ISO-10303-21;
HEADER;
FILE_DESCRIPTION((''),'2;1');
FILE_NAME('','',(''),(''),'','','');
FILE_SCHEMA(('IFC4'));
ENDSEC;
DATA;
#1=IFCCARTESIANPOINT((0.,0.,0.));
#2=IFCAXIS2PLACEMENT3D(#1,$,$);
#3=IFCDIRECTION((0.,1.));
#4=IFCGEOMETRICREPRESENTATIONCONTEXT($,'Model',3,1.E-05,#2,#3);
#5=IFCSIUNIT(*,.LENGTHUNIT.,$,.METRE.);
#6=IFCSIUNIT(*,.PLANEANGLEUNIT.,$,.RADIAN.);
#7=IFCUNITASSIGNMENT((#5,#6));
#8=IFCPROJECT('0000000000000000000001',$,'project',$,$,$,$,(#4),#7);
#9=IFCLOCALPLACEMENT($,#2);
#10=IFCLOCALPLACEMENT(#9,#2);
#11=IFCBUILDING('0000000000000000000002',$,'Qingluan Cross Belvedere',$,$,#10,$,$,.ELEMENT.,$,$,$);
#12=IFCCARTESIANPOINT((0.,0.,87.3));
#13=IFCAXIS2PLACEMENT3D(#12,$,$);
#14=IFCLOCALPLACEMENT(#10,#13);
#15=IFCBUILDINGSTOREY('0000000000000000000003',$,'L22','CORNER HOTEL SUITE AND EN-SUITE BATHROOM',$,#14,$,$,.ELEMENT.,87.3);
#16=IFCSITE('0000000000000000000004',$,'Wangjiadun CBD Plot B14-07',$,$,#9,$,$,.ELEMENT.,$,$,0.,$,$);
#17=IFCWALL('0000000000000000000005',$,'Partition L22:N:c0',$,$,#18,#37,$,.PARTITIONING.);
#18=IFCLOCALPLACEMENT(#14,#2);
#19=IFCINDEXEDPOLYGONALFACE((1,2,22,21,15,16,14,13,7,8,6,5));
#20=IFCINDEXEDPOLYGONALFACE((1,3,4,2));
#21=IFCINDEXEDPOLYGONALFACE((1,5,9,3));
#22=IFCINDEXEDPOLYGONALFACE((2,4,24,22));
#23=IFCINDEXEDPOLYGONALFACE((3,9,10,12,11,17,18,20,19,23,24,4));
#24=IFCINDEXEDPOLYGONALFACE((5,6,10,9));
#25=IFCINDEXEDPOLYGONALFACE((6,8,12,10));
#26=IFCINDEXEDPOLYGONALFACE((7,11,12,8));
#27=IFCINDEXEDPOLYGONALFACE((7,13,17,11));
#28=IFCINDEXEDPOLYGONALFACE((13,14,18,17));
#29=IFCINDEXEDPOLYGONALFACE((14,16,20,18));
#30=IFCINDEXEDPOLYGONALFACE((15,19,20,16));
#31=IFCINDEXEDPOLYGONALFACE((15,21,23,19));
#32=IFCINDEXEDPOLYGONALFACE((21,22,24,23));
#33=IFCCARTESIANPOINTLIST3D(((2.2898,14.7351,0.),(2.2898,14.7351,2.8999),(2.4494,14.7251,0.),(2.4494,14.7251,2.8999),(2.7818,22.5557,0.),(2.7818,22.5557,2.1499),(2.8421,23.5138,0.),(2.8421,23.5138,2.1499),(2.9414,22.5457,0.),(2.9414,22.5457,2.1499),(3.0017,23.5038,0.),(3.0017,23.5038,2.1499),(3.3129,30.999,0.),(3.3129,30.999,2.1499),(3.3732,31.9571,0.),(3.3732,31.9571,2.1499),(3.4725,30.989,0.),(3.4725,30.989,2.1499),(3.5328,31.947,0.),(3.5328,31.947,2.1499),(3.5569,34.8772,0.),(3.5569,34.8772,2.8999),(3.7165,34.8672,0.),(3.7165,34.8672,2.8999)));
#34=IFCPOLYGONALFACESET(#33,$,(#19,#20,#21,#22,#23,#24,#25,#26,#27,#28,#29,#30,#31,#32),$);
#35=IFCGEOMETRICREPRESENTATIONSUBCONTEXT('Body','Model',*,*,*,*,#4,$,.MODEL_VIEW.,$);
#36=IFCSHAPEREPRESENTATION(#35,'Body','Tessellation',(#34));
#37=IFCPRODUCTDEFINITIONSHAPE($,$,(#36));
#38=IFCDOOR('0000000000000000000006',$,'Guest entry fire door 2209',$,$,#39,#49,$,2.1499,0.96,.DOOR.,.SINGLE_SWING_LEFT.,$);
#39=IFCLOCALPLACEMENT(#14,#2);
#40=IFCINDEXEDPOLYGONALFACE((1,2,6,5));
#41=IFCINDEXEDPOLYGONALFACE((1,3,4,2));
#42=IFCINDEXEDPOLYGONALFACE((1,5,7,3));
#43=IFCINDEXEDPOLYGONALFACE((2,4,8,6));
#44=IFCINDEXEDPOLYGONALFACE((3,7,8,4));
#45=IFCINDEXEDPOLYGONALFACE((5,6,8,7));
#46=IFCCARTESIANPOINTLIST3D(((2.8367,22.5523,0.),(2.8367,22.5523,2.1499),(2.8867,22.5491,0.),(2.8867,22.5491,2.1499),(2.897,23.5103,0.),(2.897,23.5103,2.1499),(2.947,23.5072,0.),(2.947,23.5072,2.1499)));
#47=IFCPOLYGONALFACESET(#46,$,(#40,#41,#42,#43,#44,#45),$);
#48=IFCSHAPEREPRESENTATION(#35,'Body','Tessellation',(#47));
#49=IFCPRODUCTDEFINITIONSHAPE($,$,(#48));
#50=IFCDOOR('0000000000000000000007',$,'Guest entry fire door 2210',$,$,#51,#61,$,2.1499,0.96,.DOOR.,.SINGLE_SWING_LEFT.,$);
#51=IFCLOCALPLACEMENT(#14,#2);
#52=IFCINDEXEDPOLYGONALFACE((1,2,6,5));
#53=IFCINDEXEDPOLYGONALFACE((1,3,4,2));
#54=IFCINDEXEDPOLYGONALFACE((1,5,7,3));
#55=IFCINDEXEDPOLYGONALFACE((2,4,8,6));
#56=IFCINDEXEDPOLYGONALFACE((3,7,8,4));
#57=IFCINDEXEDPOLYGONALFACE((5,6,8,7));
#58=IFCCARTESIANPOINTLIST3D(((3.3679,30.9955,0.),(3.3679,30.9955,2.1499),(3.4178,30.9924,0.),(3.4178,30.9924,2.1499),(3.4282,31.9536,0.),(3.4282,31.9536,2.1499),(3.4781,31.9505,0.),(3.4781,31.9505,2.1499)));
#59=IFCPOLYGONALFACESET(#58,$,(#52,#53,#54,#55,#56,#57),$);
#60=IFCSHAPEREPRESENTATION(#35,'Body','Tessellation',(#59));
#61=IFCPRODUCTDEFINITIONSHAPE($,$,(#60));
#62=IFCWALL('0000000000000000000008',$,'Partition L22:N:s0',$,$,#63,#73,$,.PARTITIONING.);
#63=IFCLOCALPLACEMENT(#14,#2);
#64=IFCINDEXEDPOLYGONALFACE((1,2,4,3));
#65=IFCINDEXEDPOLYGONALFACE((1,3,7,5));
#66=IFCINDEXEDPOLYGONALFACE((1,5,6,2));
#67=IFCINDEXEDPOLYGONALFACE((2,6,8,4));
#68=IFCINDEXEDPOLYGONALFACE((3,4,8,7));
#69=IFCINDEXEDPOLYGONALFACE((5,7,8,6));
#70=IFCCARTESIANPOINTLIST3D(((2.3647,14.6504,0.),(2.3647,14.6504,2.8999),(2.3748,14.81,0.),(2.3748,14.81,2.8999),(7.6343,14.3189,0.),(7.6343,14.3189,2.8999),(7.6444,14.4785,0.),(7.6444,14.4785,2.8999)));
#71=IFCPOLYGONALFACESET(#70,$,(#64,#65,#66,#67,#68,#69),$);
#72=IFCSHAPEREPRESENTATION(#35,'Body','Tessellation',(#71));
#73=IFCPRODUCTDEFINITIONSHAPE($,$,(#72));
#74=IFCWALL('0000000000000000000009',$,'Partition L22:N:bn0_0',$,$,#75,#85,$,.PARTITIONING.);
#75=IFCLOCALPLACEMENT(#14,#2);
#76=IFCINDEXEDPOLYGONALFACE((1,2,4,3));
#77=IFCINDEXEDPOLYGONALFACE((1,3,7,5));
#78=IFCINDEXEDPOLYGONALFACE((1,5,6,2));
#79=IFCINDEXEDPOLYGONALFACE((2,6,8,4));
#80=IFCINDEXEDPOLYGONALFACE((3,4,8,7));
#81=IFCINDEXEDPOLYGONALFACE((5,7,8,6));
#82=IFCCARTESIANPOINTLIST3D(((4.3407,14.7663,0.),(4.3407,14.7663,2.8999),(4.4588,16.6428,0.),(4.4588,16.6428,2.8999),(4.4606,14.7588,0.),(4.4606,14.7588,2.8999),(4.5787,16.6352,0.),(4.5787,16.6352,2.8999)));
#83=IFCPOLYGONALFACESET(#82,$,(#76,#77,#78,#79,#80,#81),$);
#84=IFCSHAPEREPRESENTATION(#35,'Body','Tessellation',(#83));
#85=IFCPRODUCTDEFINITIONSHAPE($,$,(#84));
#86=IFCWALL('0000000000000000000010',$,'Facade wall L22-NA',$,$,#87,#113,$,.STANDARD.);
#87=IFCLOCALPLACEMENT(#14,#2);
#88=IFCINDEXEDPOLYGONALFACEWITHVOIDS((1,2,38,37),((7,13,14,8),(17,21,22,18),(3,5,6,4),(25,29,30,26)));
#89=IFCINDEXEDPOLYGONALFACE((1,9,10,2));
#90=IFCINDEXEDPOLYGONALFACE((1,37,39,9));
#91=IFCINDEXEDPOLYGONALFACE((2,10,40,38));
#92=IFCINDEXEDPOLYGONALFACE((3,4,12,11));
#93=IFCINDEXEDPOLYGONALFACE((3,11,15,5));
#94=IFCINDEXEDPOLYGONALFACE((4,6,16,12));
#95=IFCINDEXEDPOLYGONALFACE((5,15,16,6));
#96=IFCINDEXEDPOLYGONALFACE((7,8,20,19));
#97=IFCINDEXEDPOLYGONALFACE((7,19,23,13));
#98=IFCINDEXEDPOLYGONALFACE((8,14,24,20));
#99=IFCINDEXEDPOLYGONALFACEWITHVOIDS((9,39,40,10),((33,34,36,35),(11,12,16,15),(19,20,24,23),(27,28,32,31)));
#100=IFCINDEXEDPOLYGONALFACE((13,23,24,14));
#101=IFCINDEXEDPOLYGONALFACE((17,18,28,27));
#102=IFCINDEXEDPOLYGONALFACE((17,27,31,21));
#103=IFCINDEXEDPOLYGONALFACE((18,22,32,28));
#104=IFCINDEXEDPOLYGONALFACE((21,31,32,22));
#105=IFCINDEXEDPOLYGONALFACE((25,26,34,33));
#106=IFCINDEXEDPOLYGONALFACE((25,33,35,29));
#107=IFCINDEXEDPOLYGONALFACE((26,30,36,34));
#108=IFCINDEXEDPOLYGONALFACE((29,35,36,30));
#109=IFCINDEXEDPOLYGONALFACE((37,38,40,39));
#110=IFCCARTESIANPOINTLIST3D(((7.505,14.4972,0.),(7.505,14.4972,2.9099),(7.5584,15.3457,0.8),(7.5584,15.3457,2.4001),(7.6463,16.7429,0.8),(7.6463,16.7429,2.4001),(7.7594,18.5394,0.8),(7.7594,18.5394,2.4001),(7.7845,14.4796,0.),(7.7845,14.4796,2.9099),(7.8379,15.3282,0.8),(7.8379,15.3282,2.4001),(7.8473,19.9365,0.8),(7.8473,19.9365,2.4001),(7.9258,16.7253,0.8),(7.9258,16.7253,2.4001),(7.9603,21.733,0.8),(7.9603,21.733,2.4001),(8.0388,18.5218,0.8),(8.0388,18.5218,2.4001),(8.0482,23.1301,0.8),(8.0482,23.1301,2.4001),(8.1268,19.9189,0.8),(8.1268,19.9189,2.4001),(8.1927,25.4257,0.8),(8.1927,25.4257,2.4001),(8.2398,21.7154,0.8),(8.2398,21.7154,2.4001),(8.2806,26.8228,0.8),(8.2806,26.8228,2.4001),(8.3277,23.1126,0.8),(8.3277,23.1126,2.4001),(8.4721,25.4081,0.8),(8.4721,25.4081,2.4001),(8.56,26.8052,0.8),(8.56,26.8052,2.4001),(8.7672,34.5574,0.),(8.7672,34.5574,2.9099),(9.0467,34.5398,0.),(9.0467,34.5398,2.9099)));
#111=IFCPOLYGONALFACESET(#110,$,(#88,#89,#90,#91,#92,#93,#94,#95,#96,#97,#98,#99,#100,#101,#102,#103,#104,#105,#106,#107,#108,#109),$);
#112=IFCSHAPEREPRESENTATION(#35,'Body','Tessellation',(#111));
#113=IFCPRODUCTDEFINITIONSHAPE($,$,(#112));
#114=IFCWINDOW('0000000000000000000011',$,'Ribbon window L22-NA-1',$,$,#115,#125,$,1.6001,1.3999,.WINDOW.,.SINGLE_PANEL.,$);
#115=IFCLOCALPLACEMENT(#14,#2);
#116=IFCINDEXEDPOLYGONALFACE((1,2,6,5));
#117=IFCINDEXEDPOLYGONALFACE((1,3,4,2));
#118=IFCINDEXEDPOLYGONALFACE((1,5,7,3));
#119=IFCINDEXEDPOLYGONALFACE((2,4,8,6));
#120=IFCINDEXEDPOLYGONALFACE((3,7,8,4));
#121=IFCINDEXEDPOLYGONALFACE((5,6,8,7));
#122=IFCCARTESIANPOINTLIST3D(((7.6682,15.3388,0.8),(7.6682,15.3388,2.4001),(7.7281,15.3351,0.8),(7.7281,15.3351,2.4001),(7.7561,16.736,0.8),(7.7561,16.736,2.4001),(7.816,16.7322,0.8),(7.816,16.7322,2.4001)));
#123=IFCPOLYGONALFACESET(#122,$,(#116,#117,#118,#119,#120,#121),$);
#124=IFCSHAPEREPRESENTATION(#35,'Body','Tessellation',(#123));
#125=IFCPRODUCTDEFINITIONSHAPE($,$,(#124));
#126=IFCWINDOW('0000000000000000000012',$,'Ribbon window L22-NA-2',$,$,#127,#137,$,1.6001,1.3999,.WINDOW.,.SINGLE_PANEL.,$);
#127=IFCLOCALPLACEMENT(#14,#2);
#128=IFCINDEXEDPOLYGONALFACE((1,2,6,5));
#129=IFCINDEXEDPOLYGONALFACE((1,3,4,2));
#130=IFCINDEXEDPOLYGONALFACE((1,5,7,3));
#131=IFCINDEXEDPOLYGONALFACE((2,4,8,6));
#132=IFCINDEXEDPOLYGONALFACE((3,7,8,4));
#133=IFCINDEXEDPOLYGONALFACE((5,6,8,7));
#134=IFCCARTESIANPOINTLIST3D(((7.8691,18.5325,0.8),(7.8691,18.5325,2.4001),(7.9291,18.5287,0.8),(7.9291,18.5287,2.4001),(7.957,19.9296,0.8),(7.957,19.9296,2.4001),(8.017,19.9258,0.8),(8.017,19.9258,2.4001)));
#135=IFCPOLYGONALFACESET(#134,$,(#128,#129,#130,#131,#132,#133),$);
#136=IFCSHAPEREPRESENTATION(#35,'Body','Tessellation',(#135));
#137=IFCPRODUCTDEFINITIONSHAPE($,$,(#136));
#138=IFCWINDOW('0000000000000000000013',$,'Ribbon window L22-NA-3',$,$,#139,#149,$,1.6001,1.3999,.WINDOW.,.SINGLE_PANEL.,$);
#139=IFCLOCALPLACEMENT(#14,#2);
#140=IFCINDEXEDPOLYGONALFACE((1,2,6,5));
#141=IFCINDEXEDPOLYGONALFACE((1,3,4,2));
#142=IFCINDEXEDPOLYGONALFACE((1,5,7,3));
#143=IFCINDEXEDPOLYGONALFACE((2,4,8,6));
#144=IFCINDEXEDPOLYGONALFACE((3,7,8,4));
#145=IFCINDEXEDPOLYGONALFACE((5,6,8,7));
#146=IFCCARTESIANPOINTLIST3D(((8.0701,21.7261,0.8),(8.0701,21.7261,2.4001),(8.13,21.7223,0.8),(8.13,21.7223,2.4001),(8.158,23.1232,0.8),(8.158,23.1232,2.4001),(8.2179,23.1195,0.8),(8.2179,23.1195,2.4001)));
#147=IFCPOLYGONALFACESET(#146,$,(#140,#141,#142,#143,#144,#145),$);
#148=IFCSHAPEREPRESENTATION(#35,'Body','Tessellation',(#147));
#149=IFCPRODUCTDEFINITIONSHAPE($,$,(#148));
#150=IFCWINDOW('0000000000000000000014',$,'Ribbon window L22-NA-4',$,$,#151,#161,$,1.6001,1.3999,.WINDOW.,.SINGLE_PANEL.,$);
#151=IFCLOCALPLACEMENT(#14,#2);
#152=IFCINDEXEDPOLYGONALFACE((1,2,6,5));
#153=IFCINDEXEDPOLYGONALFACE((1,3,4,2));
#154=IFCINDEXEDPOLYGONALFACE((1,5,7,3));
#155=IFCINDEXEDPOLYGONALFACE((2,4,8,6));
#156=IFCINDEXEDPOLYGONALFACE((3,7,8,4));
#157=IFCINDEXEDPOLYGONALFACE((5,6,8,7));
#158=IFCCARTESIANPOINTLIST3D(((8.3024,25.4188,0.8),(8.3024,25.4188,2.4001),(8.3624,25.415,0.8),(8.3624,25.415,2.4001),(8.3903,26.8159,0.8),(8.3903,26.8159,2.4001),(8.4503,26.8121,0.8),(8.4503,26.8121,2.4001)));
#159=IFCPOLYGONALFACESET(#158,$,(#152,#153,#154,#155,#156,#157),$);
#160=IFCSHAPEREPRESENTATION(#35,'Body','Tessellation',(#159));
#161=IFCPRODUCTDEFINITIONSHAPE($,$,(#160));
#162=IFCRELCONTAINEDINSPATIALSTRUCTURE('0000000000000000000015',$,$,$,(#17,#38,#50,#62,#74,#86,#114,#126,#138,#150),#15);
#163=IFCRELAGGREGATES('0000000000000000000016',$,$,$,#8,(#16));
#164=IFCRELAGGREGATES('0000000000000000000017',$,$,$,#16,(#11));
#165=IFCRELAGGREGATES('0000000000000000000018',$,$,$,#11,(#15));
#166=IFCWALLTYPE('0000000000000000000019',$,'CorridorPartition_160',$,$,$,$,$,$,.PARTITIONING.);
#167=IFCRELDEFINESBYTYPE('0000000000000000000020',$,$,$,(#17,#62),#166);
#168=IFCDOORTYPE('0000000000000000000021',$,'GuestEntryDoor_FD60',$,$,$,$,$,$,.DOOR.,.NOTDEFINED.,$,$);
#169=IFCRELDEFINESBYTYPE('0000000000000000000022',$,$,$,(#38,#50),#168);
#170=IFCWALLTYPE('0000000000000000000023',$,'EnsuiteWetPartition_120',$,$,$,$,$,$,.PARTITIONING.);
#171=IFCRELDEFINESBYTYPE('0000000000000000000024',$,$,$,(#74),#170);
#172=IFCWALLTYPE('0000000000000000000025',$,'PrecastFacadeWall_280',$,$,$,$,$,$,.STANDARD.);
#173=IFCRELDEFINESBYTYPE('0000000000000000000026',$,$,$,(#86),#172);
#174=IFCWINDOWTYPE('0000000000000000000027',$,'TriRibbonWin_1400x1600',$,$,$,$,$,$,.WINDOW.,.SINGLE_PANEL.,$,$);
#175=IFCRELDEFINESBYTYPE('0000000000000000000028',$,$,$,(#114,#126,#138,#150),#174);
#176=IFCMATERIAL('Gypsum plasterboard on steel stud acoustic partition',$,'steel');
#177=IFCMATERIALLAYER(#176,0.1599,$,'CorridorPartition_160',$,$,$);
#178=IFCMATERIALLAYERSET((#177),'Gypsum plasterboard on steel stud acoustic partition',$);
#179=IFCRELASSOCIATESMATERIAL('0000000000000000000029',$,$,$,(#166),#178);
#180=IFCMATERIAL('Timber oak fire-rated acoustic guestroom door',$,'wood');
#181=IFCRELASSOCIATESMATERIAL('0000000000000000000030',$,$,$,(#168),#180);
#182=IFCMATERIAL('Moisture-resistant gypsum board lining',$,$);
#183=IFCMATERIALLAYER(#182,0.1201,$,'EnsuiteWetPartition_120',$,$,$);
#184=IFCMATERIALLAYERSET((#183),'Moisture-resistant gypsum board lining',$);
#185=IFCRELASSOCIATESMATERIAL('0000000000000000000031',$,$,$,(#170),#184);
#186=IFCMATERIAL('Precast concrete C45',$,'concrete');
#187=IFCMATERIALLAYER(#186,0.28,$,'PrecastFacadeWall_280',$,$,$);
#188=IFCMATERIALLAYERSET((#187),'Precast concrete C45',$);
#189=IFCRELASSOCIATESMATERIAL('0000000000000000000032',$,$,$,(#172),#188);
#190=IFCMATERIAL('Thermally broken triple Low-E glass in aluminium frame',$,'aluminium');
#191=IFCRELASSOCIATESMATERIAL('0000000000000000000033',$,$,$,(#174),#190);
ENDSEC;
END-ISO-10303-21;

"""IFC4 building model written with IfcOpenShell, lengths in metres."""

from ifc_helpers import new_model, si_unit, direction, frame, frame_2d, origin, place, context, subcontext, project, spatial, rectangle, extrude, material, layer, layer_set, type_object, element, fill, save


model = new_model("IFC4")

# Units and contexts
model_context = context("Model", 3, precision=1e-05, world=origin(), true_north=direction((0.0, 1.0)))
body_context = subcontext(model_context, "Body", "Model", "MODEL_VIEW")
ifc_project = project(units=[si_unit("LENGTHUNIT", "METRE"), si_unit("PLANEANGLEUNIT", "RADIAN")], contexts=[model_context])

# Site, building, storey
site_placement = place(None, origin())
site = spatial("IfcSite", under=ifc_project, at=site_placement, Name="Wangjiadun CBD Plot B14-07", CompositionType="ELEMENT", RefElevation=0.0)
building_placement = place(site_placement, origin())
building = spatial("IfcBuilding", under=site, at=building_placement, Name="Qingluan Cross Belvedere", CompositionType="ELEMENT")
storey_placement = place(building_placement, frame((0.0, 0.0, 87.3)))
storey = spatial("IfcBuildingStorey", under=building, at=storey_placement, Name="L22", Description="CORNER HOTEL SUITE AND EN-SUITE BATHROOM", CompositionType="ELEMENT", Elevation=87.3)

# Shared definitions
ifc_material_1 = material(Name="Gypsum plasterboard on steel stud acoustic partition", Category="steel")
ifc_layer_1 = layer(ifc_material_1, 0.1599, Name="CorridorPartition_160")
ifc_layer_set_1 = layer_set([ifc_layer_1], Name="Gypsum plasterboard on steel stud acoustic partition")
wall_type_1 = type_object("IfcWallType", Name="CorridorPartition_160", PredefinedType="PARTITIONING", material=ifc_layer_set_1)

# Wall, openings, doors
wall_1_placement = place(storey_placement, frame((2.3696, 14.7302, 0.0), z_axis=(0.0, 0.0, 1.0), x_axis=(0.062783, 0.998027, 0.0)))
wall_1 = element("IfcWall", 1, at=wall_1_placement, inside=storey, type_object=wall_type_1, Name="Partition L22:N:c0", PredefinedType="PARTITIONING", context=body_context, shape_type="SweptSolid", body=[
    extrude(rectangle(XDim=20.1819, YDim=0.1599, at=frame_2d((10.0908, 0.0))), origin(), (0.0, 0.0, 1.0), 2.8999),
])
opening_1_placement = place(wall_1_placement, frame((7.8359, 0.0, 0.0)))
opening_1 = element("IfcOpeningElement", 2, at=opening_1_placement, cuts=wall_1, PredefinedType="OPENING", context=body_context, shape_type="SweptSolid", body=[
    extrude(rectangle(XDim=0.96, YDim=2.1499, at=frame_2d((0.48, 1.075))), frame((0.0, 0.0898, 0.0), z_axis=(0.0, -1.0, 0.0), x_axis=(1.0, 0.0, 0.0)), (0.0, 0.0, 1.0), 0.1799),
])
opening_2_placement = place(wall_1_placement, frame((16.2959, 0.0, 0.0)))
opening_2 = element("IfcOpeningElement", 3, at=opening_2_placement, cuts=wall_1, PredefinedType="OPENING", context=body_context, shape_type="SweptSolid", body=[
    extrude(rectangle(XDim=0.96, YDim=2.1499, at=frame_2d((0.48, 1.075))), frame((0.0, 0.0898, 0.0), z_axis=(0.0, -1.0, 0.0), x_axis=(1.0, 0.0, 0.0)), (0.0, 0.0, 1.0), 0.1799),
])
ifc_material_2 = material(Name="Timber oak fire-rated acoustic guestroom door", Category="wood")
door_type = type_object("IfcDoorType", Name="GuestEntryDoor_FD60", OperationType="NOTDEFINED", PredefinedType="DOOR", material=ifc_material_2)
door_1_placement = place(opening_1_placement, origin())
door_1 = element("IfcDoor", 4, at=door_1_placement, inside=storey, type_object=door_type, Name="Guest entry fire door 2209", OperationType="SINGLE_SWING_LEFT", OverallHeight=2.1499, OverallWidth=0.96, PredefinedType="DOOR", context=body_context, shape_type="SweptSolid", body=[
    extrude(rectangle(XDim=0.96, YDim=2.1499, at=frame_2d((0.48, 1.075))), frame((0.0, 0.0249, 0.0), z_axis=(0.0, -1.0, 0.0), x_axis=(1.0, 0.0, 0.0)), (0.0, 0.0, 1.0), 0.05),
])
fill(opening_1, door_1)
door_2_placement = place(opening_2_placement, origin())
door_2 = element("IfcDoor", 5, at=door_2_placement, inside=storey, type_object=door_type, Name="Guest entry fire door 2210", OperationType="SINGLE_SWING_LEFT", OverallHeight=2.1499, OverallWidth=0.96, PredefinedType="DOOR", context=body_context, shape_type="SweptSolid", body=[
    extrude(rectangle(XDim=0.96, YDim=2.1499, at=frame_2d((0.48, 1.075))), frame((0.0, 0.0249, 0.0), z_axis=(0.0, -1.0, 0.0), x_axis=(1.0, 0.0, 0.0)), (0.0, 0.0, 1.0), 0.05),
])
fill(opening_2, door_2)

# Walls
wall_2_placement = place(storey_placement, frame((2.3696, 14.7302, 0.0), z_axis=(0.0, 0.0, 1.0), x_axis=(0.998027, -0.062793, 0.0)))
element("IfcWall", 6, at=wall_2_placement, inside=storey, type_object=wall_type_1, Name="Partition L22:N:s0", PredefinedType="PARTITIONING", context=body_context, shape_type="SweptSolid", body=[
    extrude(rectangle(XDim=5.28, YDim=0.1599, at=frame_2d((2.6401, 0.0))), origin(), (0.0, 0.0, 1.0), 2.8999),
])
ifc_material_3 = material(Name="Moisture-resistant gypsum board lining")
ifc_layer_2 = layer(ifc_material_3, 0.1201, Name="EnsuiteWetPartition_120")
ifc_layer_set_2 = layer_set([ifc_layer_2], Name="Moisture-resistant gypsum board lining")
wall_type_2 = type_object("IfcWallType", Name="EnsuiteWetPartition_120", PredefinedType="PARTITIONING", material=ifc_layer_set_2)
wall_3_placement = place(storey_placement, frame((4.4006, 14.7627, 0.0), z_axis=(0.0, 0.0, 1.0), x_axis=(0.062847, 0.998023, 0.0)))
element("IfcWall", 7, at=wall_3_placement, inside=storey, type_object=wall_type_2, Name="Partition L22:N:bn0_0", PredefinedType="PARTITIONING", context=body_context, shape_type="SweptSolid", body=[
    extrude(rectangle(XDim=1.8801, YDim=0.1201, at=frame_2d((0.9399, 0.0))), origin(), (0.0, 0.0, 1.0), 2.8999),
])

# Wall, openings, windows
ifc_material_4 = material(Name="Precast concrete C45", Category="concrete")
ifc_layer_3 = layer(ifc_material_4, 0.28, Name="PrecastFacadeWall_280")
ifc_layer_set_3 = layer_set([ifc_layer_3], Name="Precast concrete C45")
wall_type_3 = type_object("IfcWallType", Name="PrecastFacadeWall_280", PredefinedType="STANDARD", material=ifc_layer_set_3)
wall_4_placement = place(storey_placement, frame((7.6448, 14.4885, 0.0), z_axis=(0.0, 0.0, 1.0), x_axis=(0.062796, 0.998026, 0.0)))
wall_4 = element("IfcWall", 8, at=wall_4_placement, inside=storey, type_object=wall_type_3, Name="Facade wall L22-NA", PredefinedType="STANDARD", context=body_context, shape_type="SweptSolid", body=[
    extrude(rectangle(XDim=20.0999, YDim=0.28, at=frame_2d((10.0498, 0.0))), origin(), (0.0, 0.0, 1.0), 2.9099),
])
opening_3_placement = place(wall_4_placement, frame((0.8501, 0.0, 0.8)))
opening_3 = element("IfcOpeningElement", 9, at=opening_3_placement, cuts=wall_4, PredefinedType="OPENING", context=body_context, shape_type="SweptSolid", body=[
    extrude(rectangle(XDim=1.3999, YDim=1.6001, at=frame_2d((0.7, 0.8))), frame((0.0, 0.1499, 0.0), z_axis=(0.0, -1.0, 0.0), x_axis=(1.0, 0.0, 0.0)), (0.0, 0.0, 1.0), 0.3),
])
opening_4_placement = place(wall_4_placement, frame((4.05, 0.0, 0.8)))
opening_4 = element("IfcOpeningElement", 10, at=opening_4_placement, cuts=wall_4, PredefinedType="OPENING", context=body_context, shape_type="SweptSolid", body=[
    extrude(rectangle(XDim=1.3999, YDim=1.6001, at=frame_2d((0.7, 0.8))), frame((0.0, 0.1499, 0.0), z_axis=(0.0, -1.0, 0.0), x_axis=(1.0, 0.0, 0.0)), (0.0, 0.0, 1.0), 0.3),
])
opening_5_placement = place(wall_4_placement, frame((7.25, 0.0, 0.8)))
opening_5 = element("IfcOpeningElement", 11, at=opening_5_placement, cuts=wall_4, PredefinedType="OPENING", context=body_context, shape_type="SweptSolid", body=[
    extrude(rectangle(XDim=1.3999, YDim=1.6001, at=frame_2d((0.7, 0.8))), frame((0.0, 0.1499, 0.0), z_axis=(0.0, -1.0, 0.0), x_axis=(1.0, 0.0, 0.0)), (0.0, 0.0, 1.0), 0.3),
])
opening_6_placement = place(wall_4_placement, frame((10.95, 0.0, 0.8)))
opening_6 = element("IfcOpeningElement", 12, at=opening_6_placement, cuts=wall_4, PredefinedType="OPENING", context=body_context, shape_type="SweptSolid", body=[
    extrude(rectangle(XDim=1.3999, YDim=1.6001, at=frame_2d((0.7, 0.8))), frame((0.0, 0.1499, 0.0), z_axis=(0.0, -1.0, 0.0), x_axis=(1.0, 0.0, 0.0)), (0.0, 0.0, 1.0), 0.3),
])
ifc_material_5 = material(Name="Thermally broken triple Low-E glass in aluminium frame", Category="aluminium")
window_type = type_object("IfcWindowType", Name="TriRibbonWin_1400x1600", PartitioningType="SINGLE_PANEL", PredefinedType="WINDOW", material=ifc_material_5)
window_1_placement = place(opening_3_placement, origin())
window_1 = element("IfcWindow", 13, at=window_1_placement, inside=storey, type_object=window_type, Name="Ribbon window L22-NA-1", OverallHeight=1.6001, OverallWidth=1.3999, PartitioningType="SINGLE_PANEL", PredefinedType="WINDOW", context=body_context, shape_type="SweptSolid", body=[
    extrude(rectangle(XDim=1.3999, YDim=1.6001, at=frame_2d((0.7, 0.8))), frame((0.0, 0.03, 0.0), z_axis=(0.0, -1.0, 0.0), x_axis=(1.0, 0.0, 0.0)), (0.0, 0.0, 1.0), 0.0601),
])
fill(opening_3, window_1)
window_2_placement = place(opening_4_placement, origin())
window_2 = element("IfcWindow", 14, at=window_2_placement, inside=storey, type_object=window_type, Name="Ribbon window L22-NA-2", OverallHeight=1.6001, OverallWidth=1.3999, PartitioningType="SINGLE_PANEL", PredefinedType="WINDOW", context=body_context, shape_type="SweptSolid", body=[
    extrude(rectangle(XDim=1.3999, YDim=1.6001, at=frame_2d((0.7, 0.8))), frame((0.0, 0.03, 0.0), z_axis=(0.0, -1.0, 0.0), x_axis=(1.0, 0.0, 0.0)), (0.0, 0.0, 1.0), 0.0601),
])
fill(opening_4, window_2)
window_3_placement = place(opening_5_placement, origin())
window_3 = element("IfcWindow", 15, at=window_3_placement, inside=storey, type_object=window_type, Name="Ribbon window L22-NA-3", OverallHeight=1.6001, OverallWidth=1.3999, PartitioningType="SINGLE_PANEL", PredefinedType="WINDOW", context=body_context, shape_type="SweptSolid", body=[
    extrude(rectangle(XDim=1.3999, YDim=1.6001, at=frame_2d((0.7, 0.8))), frame((0.0, 0.03, 0.0), z_axis=(0.0, -1.0, 0.0), x_axis=(1.0, 0.0, 0.0)), (0.0, 0.0, 1.0), 0.0601),
])
fill(opening_5, window_3)
window_4_placement = place(opening_6_placement, origin())
window_4 = element("IfcWindow", 16, at=window_4_placement, inside=storey, type_object=window_type, Name="Ribbon window L22-NA-4", OverallHeight=1.6001, OverallWidth=1.3999, PartitioningType="SINGLE_PANEL", PredefinedType="WINDOW", context=body_context, shape_type="SweptSolid", body=[
    extrude(rectangle(XDim=1.3999, YDim=1.6001, at=frame_2d((0.7, 0.8))), frame((0.0, 0.03, 0.0), z_axis=(0.0, -1.0, 0.0), x_axis=(1.0, 0.0, 0.0)), (0.0, 0.0, 1.0), 0.0601),
])
fill(opening_6, window_4)

save(model, "model.ifc")
